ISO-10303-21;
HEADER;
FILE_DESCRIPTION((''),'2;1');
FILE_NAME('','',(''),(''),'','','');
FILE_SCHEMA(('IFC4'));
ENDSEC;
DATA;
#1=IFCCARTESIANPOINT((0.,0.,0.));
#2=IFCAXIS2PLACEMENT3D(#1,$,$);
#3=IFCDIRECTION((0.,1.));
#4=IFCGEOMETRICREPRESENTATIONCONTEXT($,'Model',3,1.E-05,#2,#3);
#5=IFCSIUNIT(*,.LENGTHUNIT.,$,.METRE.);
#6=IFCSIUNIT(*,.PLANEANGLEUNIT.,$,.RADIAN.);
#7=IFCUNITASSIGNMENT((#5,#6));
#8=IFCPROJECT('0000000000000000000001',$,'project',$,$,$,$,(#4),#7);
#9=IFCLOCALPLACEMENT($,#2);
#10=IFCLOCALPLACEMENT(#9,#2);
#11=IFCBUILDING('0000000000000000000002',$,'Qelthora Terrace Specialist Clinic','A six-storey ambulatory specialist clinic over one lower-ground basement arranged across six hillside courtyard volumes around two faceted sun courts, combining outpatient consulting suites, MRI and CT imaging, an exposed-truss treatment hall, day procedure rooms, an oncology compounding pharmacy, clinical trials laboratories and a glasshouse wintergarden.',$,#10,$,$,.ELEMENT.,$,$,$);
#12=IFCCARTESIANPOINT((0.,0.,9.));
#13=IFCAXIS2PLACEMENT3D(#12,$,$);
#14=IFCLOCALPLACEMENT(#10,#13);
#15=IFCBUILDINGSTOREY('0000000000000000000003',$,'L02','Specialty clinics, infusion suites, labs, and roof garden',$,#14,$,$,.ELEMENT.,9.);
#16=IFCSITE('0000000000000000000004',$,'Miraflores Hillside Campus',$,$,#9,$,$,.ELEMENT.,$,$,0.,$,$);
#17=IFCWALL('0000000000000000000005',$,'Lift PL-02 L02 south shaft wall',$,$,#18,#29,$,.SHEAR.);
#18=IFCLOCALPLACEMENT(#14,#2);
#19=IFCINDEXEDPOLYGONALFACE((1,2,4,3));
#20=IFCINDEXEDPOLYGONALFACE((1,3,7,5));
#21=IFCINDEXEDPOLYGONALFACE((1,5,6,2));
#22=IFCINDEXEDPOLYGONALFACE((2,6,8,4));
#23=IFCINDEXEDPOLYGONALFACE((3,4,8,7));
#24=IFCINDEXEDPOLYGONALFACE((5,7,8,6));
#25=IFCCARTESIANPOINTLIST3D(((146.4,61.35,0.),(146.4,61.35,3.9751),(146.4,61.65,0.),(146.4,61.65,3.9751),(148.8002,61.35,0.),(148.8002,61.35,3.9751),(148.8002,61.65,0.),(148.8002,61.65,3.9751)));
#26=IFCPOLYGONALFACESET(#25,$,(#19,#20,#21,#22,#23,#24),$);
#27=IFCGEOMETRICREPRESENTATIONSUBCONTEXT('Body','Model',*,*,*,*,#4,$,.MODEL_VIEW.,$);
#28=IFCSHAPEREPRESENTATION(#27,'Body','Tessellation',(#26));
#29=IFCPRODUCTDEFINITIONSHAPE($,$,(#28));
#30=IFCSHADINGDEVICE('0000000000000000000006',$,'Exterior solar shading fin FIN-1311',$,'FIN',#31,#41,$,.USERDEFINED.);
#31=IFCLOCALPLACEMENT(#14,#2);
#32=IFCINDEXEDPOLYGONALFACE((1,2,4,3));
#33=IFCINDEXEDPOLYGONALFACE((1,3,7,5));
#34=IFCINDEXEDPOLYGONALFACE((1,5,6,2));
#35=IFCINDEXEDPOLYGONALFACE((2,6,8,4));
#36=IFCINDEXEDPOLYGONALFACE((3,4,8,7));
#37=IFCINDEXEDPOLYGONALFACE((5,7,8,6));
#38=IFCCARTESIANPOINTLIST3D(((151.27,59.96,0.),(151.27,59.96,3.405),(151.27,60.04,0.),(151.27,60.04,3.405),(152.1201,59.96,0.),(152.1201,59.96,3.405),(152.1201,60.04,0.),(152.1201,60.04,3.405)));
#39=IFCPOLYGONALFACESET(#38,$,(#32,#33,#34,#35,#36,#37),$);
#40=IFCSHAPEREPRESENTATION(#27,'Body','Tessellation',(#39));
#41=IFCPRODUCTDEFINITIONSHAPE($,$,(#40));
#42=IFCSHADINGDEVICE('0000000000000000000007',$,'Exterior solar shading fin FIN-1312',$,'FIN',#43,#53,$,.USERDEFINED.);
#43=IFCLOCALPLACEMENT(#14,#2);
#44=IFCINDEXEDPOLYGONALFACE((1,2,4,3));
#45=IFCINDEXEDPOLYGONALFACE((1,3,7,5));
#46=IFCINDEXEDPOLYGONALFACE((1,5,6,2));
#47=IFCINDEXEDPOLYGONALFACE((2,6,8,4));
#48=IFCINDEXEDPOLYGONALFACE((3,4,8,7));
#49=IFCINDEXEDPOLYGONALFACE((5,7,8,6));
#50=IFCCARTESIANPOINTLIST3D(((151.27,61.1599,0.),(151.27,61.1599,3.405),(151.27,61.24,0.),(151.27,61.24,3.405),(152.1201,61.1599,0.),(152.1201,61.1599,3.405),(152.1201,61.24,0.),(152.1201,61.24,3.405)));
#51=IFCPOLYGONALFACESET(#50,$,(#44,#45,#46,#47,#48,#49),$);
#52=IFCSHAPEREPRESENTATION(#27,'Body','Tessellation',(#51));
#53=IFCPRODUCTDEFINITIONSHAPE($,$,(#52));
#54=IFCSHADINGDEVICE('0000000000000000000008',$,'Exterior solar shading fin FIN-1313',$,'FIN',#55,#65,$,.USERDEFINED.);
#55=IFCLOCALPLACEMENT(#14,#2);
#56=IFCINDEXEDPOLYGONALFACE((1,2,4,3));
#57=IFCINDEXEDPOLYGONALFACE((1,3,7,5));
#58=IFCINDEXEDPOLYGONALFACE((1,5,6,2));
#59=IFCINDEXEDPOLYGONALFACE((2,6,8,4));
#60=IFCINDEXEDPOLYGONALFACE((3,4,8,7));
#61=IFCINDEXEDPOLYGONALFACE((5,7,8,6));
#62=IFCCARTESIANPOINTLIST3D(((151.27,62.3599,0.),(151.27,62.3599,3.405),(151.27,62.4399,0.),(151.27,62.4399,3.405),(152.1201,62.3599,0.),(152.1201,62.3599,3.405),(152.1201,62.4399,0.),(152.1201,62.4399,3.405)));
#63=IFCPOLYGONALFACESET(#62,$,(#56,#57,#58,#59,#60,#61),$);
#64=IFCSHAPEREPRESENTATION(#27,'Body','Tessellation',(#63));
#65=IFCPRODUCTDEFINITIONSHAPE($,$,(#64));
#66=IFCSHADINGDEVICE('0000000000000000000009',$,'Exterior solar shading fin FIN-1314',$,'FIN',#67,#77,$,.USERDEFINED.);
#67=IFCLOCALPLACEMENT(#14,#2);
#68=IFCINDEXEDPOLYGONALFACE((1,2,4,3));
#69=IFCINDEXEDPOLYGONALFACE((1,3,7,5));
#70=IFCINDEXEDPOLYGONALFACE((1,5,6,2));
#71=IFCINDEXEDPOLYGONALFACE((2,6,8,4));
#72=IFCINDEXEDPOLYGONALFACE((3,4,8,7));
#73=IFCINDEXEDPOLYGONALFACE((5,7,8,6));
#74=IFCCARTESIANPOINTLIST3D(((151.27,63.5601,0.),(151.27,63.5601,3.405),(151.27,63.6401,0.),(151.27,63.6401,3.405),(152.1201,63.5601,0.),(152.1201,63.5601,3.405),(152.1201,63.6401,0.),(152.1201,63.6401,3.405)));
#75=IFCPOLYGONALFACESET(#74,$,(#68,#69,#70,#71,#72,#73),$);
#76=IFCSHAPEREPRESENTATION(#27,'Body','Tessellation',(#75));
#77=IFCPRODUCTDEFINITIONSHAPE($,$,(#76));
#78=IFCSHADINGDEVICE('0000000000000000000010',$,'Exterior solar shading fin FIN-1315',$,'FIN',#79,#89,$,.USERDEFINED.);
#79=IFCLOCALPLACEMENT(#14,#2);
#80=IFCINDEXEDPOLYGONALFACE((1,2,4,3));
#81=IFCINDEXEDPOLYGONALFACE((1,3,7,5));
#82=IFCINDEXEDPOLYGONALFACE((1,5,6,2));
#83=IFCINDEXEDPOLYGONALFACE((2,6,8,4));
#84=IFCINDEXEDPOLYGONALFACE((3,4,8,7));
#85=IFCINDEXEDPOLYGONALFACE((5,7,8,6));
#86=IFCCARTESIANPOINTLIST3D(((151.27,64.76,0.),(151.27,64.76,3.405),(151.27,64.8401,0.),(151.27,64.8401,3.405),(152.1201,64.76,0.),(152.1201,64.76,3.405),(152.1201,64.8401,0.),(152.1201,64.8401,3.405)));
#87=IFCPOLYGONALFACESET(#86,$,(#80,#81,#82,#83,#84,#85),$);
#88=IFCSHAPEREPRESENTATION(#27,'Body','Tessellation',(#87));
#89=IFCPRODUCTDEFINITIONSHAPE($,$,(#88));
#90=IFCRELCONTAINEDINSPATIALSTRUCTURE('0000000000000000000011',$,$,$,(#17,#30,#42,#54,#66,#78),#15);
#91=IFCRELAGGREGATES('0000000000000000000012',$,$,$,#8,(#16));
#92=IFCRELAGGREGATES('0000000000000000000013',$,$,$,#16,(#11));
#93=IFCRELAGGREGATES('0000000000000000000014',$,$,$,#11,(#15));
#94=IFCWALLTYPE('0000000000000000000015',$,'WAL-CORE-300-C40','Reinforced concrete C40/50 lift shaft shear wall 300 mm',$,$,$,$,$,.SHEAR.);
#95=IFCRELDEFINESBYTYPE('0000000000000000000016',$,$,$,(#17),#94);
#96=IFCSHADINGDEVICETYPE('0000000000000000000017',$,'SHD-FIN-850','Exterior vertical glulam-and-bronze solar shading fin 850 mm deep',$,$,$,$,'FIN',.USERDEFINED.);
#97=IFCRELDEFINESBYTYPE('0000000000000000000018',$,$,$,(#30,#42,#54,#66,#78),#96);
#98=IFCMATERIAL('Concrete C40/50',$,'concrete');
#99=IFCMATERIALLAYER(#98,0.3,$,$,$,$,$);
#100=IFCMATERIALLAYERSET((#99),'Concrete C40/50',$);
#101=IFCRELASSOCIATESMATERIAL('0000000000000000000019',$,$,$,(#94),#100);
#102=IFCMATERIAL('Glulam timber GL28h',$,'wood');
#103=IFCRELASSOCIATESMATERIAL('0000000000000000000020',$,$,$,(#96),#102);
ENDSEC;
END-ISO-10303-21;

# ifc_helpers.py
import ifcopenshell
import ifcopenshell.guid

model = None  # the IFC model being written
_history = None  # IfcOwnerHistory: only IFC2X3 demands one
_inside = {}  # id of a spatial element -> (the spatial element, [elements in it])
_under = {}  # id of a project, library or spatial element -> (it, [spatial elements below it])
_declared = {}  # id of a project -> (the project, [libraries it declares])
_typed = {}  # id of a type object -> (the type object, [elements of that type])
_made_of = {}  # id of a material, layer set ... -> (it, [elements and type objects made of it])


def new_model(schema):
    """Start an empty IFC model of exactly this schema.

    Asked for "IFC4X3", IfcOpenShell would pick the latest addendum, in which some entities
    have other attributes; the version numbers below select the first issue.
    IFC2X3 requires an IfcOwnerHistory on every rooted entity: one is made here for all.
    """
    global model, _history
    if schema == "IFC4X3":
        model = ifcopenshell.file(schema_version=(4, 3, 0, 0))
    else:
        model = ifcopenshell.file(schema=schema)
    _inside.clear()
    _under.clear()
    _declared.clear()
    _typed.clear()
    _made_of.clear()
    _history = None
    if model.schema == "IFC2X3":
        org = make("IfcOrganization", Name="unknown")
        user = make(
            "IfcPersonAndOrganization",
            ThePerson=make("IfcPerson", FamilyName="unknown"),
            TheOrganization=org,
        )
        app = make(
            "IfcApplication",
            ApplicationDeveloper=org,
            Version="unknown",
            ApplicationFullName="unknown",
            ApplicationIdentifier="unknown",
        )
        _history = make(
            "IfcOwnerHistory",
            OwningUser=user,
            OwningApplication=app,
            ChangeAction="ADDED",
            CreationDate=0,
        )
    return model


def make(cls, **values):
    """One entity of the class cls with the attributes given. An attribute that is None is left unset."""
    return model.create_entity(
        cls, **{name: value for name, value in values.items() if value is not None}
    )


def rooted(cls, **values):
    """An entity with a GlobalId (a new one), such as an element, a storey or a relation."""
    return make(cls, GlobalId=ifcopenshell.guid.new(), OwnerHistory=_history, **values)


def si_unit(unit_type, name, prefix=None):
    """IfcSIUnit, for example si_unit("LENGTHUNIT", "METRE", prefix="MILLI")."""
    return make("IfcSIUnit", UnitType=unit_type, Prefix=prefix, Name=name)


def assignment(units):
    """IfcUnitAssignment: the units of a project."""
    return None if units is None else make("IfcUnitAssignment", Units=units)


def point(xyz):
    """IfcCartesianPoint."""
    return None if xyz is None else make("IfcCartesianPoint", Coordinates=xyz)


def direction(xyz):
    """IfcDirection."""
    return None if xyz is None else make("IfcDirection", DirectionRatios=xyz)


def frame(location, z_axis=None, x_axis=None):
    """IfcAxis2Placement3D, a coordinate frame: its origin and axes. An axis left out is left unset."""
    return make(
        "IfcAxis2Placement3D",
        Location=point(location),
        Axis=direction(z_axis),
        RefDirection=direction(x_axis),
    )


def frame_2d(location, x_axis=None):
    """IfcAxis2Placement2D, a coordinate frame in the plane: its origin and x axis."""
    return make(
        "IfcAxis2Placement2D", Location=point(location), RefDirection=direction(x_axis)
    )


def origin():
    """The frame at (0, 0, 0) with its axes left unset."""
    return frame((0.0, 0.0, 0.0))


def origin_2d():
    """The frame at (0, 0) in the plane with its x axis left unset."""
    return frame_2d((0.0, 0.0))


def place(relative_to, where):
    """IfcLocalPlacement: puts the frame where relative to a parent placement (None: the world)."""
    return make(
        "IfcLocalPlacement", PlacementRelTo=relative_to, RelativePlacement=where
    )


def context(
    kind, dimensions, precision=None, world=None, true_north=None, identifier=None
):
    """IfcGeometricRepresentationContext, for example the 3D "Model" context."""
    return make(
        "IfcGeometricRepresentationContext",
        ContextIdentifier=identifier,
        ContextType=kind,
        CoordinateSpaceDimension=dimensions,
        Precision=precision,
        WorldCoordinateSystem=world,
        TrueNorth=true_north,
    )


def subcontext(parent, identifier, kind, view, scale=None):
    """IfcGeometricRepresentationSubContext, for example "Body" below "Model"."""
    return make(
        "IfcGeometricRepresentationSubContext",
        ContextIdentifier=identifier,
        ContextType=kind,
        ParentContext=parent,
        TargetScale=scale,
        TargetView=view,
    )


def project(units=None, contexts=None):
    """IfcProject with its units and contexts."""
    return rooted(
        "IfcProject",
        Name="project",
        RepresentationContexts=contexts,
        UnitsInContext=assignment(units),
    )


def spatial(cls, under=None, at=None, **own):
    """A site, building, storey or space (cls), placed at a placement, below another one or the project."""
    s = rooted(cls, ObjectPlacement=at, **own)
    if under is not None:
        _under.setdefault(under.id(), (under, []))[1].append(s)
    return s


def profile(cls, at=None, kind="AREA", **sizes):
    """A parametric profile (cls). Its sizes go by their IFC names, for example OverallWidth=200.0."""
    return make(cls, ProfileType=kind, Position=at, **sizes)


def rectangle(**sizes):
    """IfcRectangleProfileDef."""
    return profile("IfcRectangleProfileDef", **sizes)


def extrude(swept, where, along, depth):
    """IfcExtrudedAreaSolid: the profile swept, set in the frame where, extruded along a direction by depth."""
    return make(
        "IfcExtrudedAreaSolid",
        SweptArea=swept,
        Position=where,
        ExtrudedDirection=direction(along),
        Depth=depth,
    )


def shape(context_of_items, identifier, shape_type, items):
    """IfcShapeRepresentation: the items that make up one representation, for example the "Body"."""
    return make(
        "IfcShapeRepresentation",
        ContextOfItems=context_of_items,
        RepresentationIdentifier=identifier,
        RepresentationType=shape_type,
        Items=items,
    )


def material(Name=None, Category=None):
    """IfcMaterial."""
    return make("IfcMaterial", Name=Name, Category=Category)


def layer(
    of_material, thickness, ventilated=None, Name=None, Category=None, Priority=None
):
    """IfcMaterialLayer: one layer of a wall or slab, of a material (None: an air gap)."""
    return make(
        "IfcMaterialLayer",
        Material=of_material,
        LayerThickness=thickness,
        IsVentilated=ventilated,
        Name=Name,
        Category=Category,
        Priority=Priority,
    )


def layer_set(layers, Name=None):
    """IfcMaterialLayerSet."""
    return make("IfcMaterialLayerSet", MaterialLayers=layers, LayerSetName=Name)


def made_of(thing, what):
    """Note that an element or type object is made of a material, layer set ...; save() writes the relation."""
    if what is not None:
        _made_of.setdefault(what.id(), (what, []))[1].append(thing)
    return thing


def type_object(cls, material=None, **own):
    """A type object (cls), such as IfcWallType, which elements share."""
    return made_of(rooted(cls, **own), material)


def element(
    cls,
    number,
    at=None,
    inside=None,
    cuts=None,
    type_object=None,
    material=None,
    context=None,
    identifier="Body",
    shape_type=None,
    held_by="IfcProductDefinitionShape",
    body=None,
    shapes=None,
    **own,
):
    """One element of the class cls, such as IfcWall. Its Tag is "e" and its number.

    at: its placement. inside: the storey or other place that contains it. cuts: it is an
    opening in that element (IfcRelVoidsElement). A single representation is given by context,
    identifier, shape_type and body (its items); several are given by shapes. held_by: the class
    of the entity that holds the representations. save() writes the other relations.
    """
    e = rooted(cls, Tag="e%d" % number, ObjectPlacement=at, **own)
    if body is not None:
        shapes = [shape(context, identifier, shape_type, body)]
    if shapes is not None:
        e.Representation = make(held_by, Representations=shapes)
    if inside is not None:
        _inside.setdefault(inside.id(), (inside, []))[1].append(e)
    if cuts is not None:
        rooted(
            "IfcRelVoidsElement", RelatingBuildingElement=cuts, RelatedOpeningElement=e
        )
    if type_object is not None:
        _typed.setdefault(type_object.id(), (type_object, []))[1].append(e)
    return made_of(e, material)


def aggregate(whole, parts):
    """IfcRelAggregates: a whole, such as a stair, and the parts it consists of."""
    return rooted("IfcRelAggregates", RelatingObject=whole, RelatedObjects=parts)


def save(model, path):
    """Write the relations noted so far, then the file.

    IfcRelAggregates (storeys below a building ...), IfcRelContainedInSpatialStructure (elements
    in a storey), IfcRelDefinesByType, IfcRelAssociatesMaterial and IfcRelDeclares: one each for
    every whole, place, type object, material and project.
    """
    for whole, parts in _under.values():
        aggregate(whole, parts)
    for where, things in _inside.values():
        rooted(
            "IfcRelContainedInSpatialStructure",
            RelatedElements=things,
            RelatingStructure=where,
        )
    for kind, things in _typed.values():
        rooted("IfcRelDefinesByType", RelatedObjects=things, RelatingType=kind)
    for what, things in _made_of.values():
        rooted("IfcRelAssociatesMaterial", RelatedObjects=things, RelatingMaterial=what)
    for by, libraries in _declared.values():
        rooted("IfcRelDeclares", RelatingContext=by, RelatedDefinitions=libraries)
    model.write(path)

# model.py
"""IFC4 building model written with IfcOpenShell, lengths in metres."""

from ifc_helpers import new_model, si_unit, direction, frame, frame_2d, origin, origin_2d, place, context, subcontext, project, spatial, rectangle, extrude, material, layer, layer_set, type_object, element, save


model = new_model("IFC4")

# Units and contexts
model_context = context("Model", 3, precision=1e-05, world=origin(), true_north=direction((0.0, 1.0)))
body_context = subcontext(model_context, "Body", "Model", "MODEL_VIEW")
ifc_project = project(units=[si_unit("LENGTHUNIT", "METRE"), si_unit("PLANEANGLEUNIT", "RADIAN")], contexts=[model_context])

# Site, building, storey
site_placement = place(None, origin())
site = spatial("IfcSite", under=ifc_project, at=site_placement, Name="Miraflores Hillside Campus", CompositionType="ELEMENT", RefElevation=0.0)
building_placement = place(site_placement, origin())
building = spatial("IfcBuilding", under=site, at=building_placement, Name="Qelthora Terrace Specialist Clinic", Description="A six-storey ambulatory specialist clinic over one lower-ground basement arranged across six hillside courtyard volumes around two faceted sun courts, combining outpatient consulting suites, MRI and CT imaging, an exposed-truss treatment hall, day procedure rooms, an oncology compounding pharmacy, clinical trials laboratories and a glasshouse wintergarden.", CompositionType="ELEMENT")
storey_placement = place(building_placement, frame((0.0, 0.0, 9.0)))
storey = spatial("IfcBuildingStorey", under=building, at=storey_placement, Name="L02", Description="Specialty clinics, infusion suites, labs, and roof garden", CompositionType="ELEMENT", Elevation=9.0)

# Shared definitions
ifc_material_1 = material(Name="Concrete C40/50", Category="concrete")
ifc_layer_1 = layer(ifc_material_1, 0.3)
ifc_layer_set_1 = layer_set([ifc_layer_1], Name="Concrete C40/50")
wall_type = type_object("IfcWallType", Name="WAL-CORE-300-C40", Description="Reinforced concrete C40/50 lift shaft shear wall 300 mm", PredefinedType="SHEAR", material=ifc_layer_set_1)

# Wall
for number, where, z_axis, x_axis, name in (
    (1, (146.3999, 61.5, 0.0), (0.0, 0.0, 1.0), (1.0, 0.0, 0.0), "Lift PL-02 L02 south shaft wall"),
):
    element("IfcWall", number, at=place(storey_placement, frame(where, z_axis=z_axis, x_axis=x_axis)), inside=storey, type_object=wall_type, Name=name, PredefinedType="SHEAR", context=body_context, shape_type="SweptSolid", body=[
        extrude(rectangle(XDim=2.4001, YDim=0.3, at=frame_2d((1.2002, 0.0))), origin(), (0.0, 0.0, 1.0), 3.9751),
    ])

# Shading devices
ifc_material_2 = material(Name="Glulam timber GL28h", Category="wood")
shading_device_type = type_object("IfcShadingDeviceType", Name="SHD-FIN-850", Description="Exterior vertical glulam-and-bronze solar shading fin 850 mm deep", ElementType="FIN", PredefinedType="USERDEFINED", material=ifc_material_2)
for number, where, z_axis, x_axis, name in (
    (2, (151.6951, 60.0, 0.0), (0.0, 0.0, 1.0), (1.0, 0.0, 0.0), "Exterior solar shading fin FIN-1311"),
    (3, (151.6951, 61.2, 0.0), (0.0, 0.0, 1.0), (1.0, 0.0, 0.0), "Exterior solar shading fin FIN-1312"),
    (4, (151.6951, 62.3999, 0.0), (0.0, 0.0, 1.0), (1.0, 0.0, 0.0), "Exterior solar shading fin FIN-1313"),
    (5, (151.6951, 63.6001, 0.0), (0.0, 0.0, 1.0), (1.0, 0.0, 0.0), "Exterior solar shading fin FIN-1314"),
    (6, (151.6951, 64.8, 0.0), (0.0, 0.0, 1.0), (1.0, 0.0, 0.0), "Exterior solar shading fin FIN-1315"),
):
    element("IfcShadingDevice", number, at=place(storey_placement, frame(where, z_axis=z_axis, x_axis=x_axis)), inside=storey, type_object=shading_device_type, Name=name, ObjectType="FIN", PredefinedType="USERDEFINED", context=body_context, shape_type="SweptSolid", body=[
        extrude(rectangle(XDim=0.8501, YDim=0.0801, at=origin_2d()), origin(), (0.0, 0.0, 1.0), 3.405),
    ])

save(model, "model.ifc")
